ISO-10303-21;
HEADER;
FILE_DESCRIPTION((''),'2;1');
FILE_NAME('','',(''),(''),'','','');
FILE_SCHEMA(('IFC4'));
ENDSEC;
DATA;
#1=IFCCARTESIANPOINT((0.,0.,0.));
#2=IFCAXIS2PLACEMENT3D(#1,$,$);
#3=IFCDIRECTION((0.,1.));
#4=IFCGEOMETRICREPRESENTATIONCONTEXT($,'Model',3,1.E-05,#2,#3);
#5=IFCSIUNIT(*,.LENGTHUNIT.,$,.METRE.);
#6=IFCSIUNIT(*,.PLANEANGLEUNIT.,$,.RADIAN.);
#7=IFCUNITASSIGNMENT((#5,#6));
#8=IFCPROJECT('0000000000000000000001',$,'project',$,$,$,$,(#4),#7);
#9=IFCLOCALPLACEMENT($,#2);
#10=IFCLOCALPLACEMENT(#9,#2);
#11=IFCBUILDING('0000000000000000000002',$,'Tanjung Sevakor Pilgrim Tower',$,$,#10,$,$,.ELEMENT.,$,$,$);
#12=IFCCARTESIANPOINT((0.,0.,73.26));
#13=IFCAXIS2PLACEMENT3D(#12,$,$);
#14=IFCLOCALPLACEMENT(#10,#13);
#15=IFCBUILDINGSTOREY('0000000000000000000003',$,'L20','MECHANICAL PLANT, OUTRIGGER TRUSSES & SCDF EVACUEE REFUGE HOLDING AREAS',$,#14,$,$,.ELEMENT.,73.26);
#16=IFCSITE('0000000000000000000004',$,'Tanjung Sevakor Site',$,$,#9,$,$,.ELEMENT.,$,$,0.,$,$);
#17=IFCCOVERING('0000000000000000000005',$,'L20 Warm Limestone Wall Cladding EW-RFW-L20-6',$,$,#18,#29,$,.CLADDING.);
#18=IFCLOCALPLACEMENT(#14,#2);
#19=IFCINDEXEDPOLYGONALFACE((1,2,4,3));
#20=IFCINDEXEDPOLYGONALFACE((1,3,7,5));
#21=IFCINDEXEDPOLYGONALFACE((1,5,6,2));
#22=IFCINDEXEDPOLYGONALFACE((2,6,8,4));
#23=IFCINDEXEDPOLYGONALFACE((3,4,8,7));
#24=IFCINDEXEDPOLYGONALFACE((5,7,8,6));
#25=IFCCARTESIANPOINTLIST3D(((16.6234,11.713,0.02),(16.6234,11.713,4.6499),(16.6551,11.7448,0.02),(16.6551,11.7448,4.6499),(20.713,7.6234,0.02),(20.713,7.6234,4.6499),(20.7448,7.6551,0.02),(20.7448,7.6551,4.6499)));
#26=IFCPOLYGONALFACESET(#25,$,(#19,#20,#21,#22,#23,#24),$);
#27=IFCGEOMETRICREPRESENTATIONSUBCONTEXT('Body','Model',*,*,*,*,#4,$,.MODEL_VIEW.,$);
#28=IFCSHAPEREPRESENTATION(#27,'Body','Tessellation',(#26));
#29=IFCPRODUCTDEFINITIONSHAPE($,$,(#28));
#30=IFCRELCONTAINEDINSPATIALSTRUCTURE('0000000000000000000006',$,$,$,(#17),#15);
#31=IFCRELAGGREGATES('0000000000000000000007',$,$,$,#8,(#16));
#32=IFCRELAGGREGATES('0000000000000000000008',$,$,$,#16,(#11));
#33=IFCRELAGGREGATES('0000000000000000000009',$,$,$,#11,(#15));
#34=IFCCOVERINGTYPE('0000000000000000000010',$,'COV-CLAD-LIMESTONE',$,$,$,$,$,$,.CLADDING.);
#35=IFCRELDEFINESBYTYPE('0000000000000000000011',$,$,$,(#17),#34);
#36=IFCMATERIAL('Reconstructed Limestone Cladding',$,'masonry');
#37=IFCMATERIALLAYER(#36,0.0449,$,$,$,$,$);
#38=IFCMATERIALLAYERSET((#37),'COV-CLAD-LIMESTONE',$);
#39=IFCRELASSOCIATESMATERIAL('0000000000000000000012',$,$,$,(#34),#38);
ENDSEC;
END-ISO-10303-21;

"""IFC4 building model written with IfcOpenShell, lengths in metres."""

from ifc_helpers import new_model, si_unit, direction, frame, origin, origin_2d, place, context, subcontext, project, spatial, rectangle, extrude, material, layer, layer_set, type_object, element, save


model = new_model("IFC4")

# Units and contexts
model_context = context("Model", 3, precision=1e-05, world=origin(), true_north=direction((0.0, 1.0)))
body_context = subcontext(model_context, "Body", "Model", "MODEL_VIEW")
ifc_project = project(units=[si_unit("LENGTHUNIT", "METRE"), si_unit("PLANEANGLEUNIT", "RADIAN")], contexts=[model_context])

# Site, building, storey
site_placement = place(None, origin())
site = spatial("IfcSite", under=ifc_project, at=site_placement, Name="Tanjung Sevakor Site", CompositionType="ELEMENT", RefElevation=0.0)
building_placement = place(site_placement, origin())
building = spatial("IfcBuilding", under=site, at=building_placement, Name="Tanjung Sevakor Pilgrim Tower", CompositionType="ELEMENT")
storey_placement = place(building_placement, frame((0.0, 0.0, 73.26)))
storey = spatial("IfcBuildingStorey", under=building, at=storey_placement, Name="L20", Description="MECHANICAL PLANT, OUTRIGGER TRUSSES & SCDF EVACUEE REFUGE HOLDING AREAS", CompositionType="ELEMENT", Elevation=73.26)

# Covering
ifc_material_1 = material(Name="Reconstructed Limestone Cladding", Category="masonry")
ifc_layer_1 = layer(ifc_material_1, 0.0449)
ifc_layer_set_1 = layer_set([ifc_layer_1], Name="COV-CLAD-LIMESTONE")
covering_type = type_object("IfcCoveringType", Name="COV-CLAD-LIMESTONE", PredefinedType="CLADDING", material=ifc_layer_set_1)
covering_placement = place(storey_placement, frame((18.6841, 9.6841, 0.02), z_axis=(0.0, 0.0, 1.0), x_axis=(0.707107, -0.707107, 0.0)))
element("IfcCovering", 1, at=covering_placement, inside=storey, type_object=covering_type, Name="L20 Warm Limestone Wall Cladding EW-RFW-L20-6", PredefinedType="CLADDING", context=body_context, shape_type="SweptSolid", body=[
    extrude(rectangle(XDim=5.7837, YDim=0.0449, at=origin_2d()), origin(), (0.0, 0.0, 1.0), 4.6299),
])

save(model, "model.ifc")
